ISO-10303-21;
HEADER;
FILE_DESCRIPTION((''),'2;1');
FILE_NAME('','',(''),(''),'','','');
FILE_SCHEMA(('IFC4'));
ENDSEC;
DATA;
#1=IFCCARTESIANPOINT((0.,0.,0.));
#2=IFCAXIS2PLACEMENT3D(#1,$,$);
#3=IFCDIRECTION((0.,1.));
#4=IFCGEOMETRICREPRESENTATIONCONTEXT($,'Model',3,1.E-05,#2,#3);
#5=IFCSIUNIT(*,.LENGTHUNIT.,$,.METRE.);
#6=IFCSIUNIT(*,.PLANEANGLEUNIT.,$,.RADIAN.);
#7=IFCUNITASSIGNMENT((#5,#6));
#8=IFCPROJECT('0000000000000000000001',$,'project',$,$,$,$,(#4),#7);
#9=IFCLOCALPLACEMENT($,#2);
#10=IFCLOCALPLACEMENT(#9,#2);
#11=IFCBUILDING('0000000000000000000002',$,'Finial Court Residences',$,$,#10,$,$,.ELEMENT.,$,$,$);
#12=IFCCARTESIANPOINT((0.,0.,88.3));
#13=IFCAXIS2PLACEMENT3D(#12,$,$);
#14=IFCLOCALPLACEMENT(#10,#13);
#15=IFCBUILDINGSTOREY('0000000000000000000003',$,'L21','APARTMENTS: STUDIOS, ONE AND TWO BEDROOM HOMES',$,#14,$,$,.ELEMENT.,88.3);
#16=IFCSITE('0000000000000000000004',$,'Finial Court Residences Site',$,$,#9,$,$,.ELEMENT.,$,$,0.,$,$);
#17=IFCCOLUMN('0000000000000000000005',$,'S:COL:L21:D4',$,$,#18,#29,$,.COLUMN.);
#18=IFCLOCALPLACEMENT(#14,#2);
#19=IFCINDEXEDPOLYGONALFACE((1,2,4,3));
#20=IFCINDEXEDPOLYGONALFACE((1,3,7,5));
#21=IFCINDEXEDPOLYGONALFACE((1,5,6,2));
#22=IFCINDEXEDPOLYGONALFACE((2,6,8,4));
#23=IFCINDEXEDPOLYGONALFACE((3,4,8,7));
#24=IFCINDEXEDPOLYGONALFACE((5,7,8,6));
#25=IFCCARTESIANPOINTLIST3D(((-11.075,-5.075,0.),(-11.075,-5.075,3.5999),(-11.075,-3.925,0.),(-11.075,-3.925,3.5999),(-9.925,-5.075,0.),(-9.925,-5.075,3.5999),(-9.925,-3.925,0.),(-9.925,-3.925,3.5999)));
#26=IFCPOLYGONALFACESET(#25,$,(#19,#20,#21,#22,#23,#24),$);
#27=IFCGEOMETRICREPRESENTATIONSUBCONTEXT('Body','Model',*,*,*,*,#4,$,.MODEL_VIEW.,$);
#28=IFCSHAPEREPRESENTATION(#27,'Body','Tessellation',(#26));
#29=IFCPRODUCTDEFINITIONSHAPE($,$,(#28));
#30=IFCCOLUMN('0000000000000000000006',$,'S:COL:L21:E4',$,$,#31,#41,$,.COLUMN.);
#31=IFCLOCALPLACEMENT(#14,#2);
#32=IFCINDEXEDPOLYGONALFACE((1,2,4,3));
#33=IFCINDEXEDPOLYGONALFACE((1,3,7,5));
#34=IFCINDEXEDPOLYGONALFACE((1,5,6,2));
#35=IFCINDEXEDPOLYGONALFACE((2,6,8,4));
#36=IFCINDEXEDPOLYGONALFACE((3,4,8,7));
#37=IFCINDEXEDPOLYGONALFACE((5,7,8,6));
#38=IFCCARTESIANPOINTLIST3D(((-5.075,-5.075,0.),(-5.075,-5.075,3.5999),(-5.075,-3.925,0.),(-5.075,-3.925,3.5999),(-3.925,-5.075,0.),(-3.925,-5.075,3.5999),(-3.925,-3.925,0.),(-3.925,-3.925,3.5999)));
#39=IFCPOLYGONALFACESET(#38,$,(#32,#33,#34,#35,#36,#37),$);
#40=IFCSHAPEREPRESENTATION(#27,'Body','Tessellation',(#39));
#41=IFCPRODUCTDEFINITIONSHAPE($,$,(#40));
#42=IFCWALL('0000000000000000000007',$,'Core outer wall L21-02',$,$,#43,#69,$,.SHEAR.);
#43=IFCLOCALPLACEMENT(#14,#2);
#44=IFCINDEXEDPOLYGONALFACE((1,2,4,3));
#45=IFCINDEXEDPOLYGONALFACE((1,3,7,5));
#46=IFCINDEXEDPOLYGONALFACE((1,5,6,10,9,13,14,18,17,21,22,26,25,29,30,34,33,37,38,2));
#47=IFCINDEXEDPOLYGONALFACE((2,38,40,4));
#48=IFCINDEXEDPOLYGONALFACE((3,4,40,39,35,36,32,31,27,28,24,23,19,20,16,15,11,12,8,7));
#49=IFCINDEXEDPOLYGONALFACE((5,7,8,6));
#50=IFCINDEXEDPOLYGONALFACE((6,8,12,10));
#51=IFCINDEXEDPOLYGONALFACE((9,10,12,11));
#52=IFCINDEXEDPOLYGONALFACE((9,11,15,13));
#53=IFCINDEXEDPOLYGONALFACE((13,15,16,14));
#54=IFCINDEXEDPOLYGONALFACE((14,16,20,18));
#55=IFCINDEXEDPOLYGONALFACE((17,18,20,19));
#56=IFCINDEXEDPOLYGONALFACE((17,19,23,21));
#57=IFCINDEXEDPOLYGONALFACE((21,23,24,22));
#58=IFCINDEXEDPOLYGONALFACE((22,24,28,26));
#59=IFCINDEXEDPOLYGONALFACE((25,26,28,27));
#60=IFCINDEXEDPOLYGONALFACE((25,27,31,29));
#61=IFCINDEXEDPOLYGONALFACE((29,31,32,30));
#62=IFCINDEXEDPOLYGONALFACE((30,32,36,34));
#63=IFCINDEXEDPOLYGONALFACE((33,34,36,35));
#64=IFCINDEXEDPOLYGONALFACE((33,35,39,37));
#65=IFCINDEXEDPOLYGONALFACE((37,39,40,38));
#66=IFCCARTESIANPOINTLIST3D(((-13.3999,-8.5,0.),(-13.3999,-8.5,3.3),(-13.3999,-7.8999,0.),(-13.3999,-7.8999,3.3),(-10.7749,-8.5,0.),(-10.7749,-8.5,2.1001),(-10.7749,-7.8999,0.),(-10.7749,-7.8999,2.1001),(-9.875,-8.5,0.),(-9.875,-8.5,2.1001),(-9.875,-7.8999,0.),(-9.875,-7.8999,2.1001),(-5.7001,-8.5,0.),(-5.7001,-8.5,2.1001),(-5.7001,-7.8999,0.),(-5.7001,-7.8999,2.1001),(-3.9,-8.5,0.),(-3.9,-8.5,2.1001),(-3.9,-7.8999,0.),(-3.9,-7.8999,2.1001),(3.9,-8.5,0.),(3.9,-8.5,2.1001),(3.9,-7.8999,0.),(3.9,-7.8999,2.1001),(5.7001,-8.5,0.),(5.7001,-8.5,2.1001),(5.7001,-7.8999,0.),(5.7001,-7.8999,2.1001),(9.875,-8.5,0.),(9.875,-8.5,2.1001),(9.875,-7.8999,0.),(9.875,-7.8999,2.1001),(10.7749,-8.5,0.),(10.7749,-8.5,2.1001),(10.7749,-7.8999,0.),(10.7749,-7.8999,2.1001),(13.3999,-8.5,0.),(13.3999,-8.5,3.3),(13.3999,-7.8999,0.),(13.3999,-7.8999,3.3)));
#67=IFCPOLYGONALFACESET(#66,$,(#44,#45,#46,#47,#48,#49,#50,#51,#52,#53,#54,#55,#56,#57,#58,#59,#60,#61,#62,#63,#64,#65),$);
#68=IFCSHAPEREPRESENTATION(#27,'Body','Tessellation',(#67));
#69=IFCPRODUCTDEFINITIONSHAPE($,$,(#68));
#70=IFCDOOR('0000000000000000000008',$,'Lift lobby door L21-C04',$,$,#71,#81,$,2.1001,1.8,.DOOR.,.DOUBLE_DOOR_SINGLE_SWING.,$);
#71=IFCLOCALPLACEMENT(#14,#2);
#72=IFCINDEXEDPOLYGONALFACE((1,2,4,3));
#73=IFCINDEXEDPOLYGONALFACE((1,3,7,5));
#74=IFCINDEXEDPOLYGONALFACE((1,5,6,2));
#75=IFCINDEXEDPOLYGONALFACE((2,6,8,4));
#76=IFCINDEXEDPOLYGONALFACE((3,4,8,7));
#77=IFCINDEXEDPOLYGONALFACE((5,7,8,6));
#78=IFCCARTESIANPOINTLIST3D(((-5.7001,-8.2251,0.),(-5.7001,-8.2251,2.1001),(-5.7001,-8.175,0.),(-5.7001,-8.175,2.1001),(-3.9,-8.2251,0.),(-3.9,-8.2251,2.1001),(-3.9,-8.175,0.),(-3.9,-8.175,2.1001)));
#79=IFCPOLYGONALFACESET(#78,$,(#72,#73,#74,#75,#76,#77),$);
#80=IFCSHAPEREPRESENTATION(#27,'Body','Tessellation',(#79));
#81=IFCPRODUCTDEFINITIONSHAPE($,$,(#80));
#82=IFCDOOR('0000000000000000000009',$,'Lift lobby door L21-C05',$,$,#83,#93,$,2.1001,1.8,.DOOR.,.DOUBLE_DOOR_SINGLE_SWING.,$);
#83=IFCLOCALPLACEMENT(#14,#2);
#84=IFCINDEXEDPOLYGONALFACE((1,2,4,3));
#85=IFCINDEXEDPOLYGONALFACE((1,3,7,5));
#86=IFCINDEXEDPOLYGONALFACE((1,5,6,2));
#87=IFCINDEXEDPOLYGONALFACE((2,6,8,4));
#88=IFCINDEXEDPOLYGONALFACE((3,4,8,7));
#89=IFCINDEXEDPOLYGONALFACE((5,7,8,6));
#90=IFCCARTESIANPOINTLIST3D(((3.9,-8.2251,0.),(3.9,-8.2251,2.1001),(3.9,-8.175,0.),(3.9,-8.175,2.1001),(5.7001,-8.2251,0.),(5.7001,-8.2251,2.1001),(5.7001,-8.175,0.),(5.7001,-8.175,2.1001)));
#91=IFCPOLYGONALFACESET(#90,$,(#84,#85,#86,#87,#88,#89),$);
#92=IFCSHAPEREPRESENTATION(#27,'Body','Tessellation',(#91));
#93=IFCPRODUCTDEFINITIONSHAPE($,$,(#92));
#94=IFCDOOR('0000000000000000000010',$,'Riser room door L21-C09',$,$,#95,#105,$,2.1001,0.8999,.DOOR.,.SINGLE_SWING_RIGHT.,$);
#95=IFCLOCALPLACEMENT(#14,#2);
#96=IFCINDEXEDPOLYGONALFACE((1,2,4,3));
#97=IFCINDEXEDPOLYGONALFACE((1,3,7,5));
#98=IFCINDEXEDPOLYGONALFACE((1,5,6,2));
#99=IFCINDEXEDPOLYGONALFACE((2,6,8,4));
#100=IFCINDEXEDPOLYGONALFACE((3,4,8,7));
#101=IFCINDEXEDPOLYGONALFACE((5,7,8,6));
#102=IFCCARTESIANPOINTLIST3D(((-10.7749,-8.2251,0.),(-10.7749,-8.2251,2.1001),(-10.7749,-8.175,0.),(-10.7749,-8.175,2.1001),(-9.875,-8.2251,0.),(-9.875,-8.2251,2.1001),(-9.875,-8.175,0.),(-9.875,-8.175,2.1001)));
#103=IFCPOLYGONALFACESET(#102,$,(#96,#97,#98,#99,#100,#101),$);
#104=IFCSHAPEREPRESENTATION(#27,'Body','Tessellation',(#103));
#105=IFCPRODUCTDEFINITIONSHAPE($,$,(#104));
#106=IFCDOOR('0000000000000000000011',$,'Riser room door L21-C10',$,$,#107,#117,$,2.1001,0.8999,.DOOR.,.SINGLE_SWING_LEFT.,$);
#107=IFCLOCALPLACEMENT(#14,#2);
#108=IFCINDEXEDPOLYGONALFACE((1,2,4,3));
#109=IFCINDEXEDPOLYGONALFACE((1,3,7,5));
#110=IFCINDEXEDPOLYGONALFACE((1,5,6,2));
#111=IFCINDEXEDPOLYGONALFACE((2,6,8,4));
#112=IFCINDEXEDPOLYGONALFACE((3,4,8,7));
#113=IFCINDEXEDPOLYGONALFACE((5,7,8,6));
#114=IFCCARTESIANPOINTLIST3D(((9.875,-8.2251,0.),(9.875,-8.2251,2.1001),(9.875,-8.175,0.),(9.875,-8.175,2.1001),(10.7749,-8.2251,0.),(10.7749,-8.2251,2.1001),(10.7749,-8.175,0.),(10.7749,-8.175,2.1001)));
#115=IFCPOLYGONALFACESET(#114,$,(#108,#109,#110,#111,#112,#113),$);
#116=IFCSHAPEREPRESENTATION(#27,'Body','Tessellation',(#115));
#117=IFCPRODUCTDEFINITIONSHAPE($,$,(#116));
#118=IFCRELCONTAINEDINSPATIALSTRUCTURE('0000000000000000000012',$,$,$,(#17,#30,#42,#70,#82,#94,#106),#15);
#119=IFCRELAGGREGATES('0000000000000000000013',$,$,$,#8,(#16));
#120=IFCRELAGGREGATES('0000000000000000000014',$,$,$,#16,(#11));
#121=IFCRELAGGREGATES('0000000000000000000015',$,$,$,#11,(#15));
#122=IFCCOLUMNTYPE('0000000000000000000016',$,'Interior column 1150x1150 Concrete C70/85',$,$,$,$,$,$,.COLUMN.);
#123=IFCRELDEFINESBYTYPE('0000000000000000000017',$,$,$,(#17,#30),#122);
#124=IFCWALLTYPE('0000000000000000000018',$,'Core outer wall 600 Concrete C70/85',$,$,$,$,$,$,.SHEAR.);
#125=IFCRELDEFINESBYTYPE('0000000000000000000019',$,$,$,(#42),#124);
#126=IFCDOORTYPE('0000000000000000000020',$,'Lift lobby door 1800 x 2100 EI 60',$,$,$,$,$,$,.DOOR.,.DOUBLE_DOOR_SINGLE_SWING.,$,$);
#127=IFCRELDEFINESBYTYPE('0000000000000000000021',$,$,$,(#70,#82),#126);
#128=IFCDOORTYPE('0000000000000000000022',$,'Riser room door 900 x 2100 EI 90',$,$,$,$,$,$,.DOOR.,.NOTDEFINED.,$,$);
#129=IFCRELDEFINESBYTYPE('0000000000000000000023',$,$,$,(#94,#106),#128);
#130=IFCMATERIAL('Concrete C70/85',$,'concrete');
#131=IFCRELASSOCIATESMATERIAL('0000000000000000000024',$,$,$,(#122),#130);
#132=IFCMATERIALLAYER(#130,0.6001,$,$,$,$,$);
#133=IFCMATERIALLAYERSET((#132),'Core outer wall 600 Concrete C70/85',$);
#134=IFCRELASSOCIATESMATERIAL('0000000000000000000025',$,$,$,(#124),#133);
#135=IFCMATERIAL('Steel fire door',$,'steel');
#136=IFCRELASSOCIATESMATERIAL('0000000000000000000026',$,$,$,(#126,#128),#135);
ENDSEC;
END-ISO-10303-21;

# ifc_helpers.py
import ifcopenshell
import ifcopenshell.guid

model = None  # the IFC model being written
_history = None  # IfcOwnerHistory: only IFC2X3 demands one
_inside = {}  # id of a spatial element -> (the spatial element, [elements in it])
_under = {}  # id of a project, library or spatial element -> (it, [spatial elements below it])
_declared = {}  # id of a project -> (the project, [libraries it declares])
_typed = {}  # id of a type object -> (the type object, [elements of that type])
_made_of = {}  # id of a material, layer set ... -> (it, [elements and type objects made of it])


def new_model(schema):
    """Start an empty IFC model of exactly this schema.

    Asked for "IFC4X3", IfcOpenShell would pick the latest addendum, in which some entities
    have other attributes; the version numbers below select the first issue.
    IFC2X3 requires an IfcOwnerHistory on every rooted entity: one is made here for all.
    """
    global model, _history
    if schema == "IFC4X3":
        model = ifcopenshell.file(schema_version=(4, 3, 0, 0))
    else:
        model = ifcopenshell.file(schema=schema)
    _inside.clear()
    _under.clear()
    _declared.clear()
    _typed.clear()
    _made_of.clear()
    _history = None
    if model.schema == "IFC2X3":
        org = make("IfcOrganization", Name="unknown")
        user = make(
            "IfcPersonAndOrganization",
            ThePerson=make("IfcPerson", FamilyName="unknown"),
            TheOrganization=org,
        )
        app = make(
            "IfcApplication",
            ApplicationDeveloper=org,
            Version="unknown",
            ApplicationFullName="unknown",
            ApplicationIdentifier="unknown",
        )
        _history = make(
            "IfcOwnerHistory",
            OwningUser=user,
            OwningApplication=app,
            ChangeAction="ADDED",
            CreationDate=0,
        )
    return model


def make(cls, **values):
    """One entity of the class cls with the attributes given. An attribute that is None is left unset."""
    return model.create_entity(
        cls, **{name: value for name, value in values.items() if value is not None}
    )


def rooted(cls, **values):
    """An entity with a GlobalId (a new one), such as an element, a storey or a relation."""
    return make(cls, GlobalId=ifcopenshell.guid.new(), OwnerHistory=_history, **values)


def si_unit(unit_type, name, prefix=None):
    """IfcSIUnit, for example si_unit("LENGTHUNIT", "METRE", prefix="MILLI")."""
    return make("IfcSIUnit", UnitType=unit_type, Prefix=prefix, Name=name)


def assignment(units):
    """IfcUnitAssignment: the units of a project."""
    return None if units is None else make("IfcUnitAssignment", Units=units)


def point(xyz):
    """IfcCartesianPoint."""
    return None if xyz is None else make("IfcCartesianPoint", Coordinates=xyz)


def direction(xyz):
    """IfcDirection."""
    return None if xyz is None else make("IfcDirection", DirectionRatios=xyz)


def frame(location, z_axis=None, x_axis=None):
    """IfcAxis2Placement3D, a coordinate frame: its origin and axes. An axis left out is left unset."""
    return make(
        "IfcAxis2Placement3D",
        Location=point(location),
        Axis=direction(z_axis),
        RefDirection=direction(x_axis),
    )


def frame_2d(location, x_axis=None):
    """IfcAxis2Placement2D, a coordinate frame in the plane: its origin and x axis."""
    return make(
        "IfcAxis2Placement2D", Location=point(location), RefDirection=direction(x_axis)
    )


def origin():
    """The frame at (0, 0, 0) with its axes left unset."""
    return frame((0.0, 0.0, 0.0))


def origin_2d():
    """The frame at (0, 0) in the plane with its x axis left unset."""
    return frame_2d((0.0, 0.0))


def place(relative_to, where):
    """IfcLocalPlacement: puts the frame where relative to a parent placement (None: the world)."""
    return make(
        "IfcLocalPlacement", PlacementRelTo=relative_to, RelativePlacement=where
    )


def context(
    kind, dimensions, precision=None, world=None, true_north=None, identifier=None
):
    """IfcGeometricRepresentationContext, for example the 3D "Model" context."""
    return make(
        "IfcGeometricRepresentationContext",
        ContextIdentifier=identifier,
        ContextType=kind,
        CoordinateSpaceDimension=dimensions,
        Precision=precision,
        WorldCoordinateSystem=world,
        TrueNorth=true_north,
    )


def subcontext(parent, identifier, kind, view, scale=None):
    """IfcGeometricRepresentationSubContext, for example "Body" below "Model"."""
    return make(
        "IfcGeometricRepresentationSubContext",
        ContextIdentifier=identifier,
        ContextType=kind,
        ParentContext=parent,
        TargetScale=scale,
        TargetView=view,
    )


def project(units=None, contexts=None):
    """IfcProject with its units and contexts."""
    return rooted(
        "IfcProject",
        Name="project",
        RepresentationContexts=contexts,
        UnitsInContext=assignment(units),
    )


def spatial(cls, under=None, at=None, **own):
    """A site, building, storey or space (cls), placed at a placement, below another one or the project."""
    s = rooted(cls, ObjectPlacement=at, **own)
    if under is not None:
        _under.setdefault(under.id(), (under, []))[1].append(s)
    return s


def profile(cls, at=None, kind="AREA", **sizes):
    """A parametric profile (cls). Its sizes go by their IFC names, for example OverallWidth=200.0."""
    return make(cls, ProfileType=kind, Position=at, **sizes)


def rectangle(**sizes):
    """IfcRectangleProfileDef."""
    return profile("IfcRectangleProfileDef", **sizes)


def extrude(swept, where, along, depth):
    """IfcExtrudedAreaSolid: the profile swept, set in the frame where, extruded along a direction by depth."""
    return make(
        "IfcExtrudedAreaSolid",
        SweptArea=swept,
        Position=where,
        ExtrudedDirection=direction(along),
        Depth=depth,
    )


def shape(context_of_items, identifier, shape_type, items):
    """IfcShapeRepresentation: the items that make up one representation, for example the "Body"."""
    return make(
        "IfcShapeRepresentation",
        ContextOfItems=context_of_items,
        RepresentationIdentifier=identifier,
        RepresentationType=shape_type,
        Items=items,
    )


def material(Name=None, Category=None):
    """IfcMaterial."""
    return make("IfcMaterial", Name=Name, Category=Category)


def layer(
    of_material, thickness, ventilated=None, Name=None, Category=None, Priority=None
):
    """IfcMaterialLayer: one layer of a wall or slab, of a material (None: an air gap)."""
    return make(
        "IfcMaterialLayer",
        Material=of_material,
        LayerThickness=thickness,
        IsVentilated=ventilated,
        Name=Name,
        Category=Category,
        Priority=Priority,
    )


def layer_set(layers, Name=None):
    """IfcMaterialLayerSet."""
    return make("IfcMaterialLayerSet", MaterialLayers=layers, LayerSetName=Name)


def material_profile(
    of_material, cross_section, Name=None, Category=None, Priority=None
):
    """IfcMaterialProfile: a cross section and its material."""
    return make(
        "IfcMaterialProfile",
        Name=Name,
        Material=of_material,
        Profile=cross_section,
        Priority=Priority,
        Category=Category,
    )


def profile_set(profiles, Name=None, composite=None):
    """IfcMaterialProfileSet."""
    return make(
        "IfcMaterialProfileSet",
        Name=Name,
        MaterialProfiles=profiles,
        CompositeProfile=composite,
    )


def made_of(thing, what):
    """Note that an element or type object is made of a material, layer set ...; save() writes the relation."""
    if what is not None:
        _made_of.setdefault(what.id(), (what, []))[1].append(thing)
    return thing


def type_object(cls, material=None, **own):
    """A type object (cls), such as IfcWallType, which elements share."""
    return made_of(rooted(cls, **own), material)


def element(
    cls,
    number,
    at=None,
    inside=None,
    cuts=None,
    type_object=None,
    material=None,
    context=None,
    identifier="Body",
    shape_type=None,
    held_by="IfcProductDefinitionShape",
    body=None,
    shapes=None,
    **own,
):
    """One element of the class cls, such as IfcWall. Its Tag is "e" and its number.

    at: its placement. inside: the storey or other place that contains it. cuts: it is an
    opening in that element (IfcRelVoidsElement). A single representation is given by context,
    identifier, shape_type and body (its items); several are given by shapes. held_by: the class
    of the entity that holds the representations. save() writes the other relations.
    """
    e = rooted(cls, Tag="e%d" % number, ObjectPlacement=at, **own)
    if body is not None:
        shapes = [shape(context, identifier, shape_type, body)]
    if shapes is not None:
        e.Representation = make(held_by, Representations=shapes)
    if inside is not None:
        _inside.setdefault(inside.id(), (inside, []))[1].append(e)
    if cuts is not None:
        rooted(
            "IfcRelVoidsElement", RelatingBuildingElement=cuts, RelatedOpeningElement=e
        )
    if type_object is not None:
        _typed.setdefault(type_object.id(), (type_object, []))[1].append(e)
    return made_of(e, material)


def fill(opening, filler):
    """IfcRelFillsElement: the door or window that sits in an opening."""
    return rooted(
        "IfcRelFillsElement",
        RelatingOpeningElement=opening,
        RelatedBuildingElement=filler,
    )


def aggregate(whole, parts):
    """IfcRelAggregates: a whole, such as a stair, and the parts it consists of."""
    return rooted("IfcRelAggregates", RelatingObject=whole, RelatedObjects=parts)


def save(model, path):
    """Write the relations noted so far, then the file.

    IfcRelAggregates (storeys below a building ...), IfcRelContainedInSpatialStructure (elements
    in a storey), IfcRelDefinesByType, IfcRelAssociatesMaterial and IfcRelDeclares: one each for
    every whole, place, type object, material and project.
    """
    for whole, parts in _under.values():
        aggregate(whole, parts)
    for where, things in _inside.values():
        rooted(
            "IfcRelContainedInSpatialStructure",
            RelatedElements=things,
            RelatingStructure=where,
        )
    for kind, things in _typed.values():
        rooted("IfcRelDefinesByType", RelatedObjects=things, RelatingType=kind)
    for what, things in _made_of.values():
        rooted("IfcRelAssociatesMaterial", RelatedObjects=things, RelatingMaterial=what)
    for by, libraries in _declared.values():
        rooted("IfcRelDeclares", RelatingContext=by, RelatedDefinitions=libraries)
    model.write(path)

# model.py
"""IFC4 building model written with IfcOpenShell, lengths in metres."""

from ifc_helpers import new_model, si_unit, direction, frame, frame_2d, origin, origin_2d, place, context, subcontext, project, spatial, rectangle, extrude, material, layer, layer_set, material_profile, profile_set, type_object, element, fill, save


model = new_model("IFC4")

# Units and contexts
model_context = context("Model", 3, precision=1e-05, world=origin(), true_north=direction((0.0, 1.0)))
body_context = subcontext(model_context, "Body", "Model", "MODEL_VIEW")
ifc_project = project(units=[si_unit("LENGTHUNIT", "METRE"), si_unit("PLANEANGLEUNIT", "RADIAN")], contexts=[model_context])

# Site, building, storey
site_placement = place(None, origin())
site = spatial("IfcSite", under=ifc_project, at=site_placement, Name="Finial Court Residences Site", CompositionType="ELEMENT", RefElevation=0.0)
building_placement = place(site_placement, origin())
building = spatial("IfcBuilding", under=site, at=building_placement, Name="Finial Court Residences", CompositionType="ELEMENT")
storey_placement = place(building_placement, frame((0.0, 0.0, 88.3)))
storey = spatial("IfcBuildingStorey", under=building, at=storey_placement, Name="L21", Description="APARTMENTS: STUDIOS, ONE AND TWO BEDROOM HOMES", CompositionType="ELEMENT", Elevation=88.3)

# Columns
ifc_material_1 = material(Name="Concrete C70/85", Category="concrete")
ifc_material_profile = material_profile(ifc_material_1, rectangle(XDim=1.1499, YDim=1.1499, at=origin_2d()), Name="1150x1150")
ifc_profile_set = profile_set([ifc_material_profile], Name="Concrete C70/85")
column_type = type_object("IfcColumnType", Name="Interior column 1150x1150 Concrete C70/85", PredefinedType="COLUMN", material=ifc_profile_set)
for number, where, z_axis, x_axis, name in (
    (1, (-10.5, -4.5, 0.0), (0.0, 0.0, 1.0), (1.0, 0.0, 0.0), "S:COL:L21:D4"),
    (2, (-4.5, -4.5, 0.0), (0.0, 0.0, 1.0), (1.0, 0.0, 0.0), "S:COL:L21:E4"),
):
    element("IfcColumn", number, at=place(storey_placement, frame(where, z_axis=z_axis, x_axis=x_axis)), inside=storey, type_object=column_type, Name=name, PredefinedType="COLUMN", context=body_context, shape_type="SweptSolid", body=[
        extrude(rectangle(XDim=1.1499, YDim=1.1499, at=origin_2d()), origin(), (0.0, 0.0, 1.0), 3.5999),
    ])

# Wall, openings, doors
ifc_layer_1 = layer(ifc_material_1, 0.6001)
ifc_layer_set_1 = layer_set([ifc_layer_1], Name="Core outer wall 600 Concrete C70/85")
wall_type_1 = type_object("IfcWallType", Name="Core outer wall 600 Concrete C70/85", PredefinedType="SHEAR", material=ifc_layer_set_1)
wall_1_placement = place(storey_placement, frame((-13.3999, -8.2, 0.0), z_axis=(0.0, 0.0, 1.0), x_axis=(1.0, 0.0, 0.0)))
wall_1 = element("IfcWall", 3, at=wall_1_placement, inside=storey, type_object=wall_type_1, Name="Core outer wall L21-02", PredefinedType="SHEAR", context=body_context, shape_type="SweptSolid", body=[
    extrude(rectangle(XDim=26.7998, YDim=0.6001, at=frame_2d((13.3999, 0.0))), origin(), (0.0, 0.0, 1.0), 3.3),
])
opening_1_placement = place(wall_1_placement, frame((7.7, 0.0, 0.0)))
opening_1 = element("IfcOpeningElement", 4, at=opening_1_placement, cuts=wall_1, PredefinedType="OPENING", context=body_context, shape_type="SweptSolid", body=[
    extrude(rectangle(XDim=1.8, YDim=2.1001, at=frame_2d((0.8999, 1.05))), frame((0.0, 0.3101, 0.0), z_axis=(0.0, -1.0, 0.0), x_axis=(1.0, 0.0, 0.0)), (0.0, 0.0, 1.0), 0.6201),
])
opening_2_placement = place(wall_1_placement, frame((17.3, 0.0, 0.0)))
opening_2 = element("IfcOpeningElement", 5, at=opening_2_placement, cuts=wall_1, PredefinedType="OPENING", context=body_context, shape_type="SweptSolid", body=[
    extrude(rectangle(XDim=1.8, YDim=2.1001, at=frame_2d((0.8999, 1.05))), frame((0.0, 0.3101, 0.0), z_axis=(0.0, -1.0, 0.0), x_axis=(1.0, 0.0, 0.0)), (0.0, 0.0, 1.0), 0.6201),
])
opening_3_placement = place(wall_1_placement, frame((2.625, 0.0, 0.0)))
opening_3 = element("IfcOpeningElement", 6, at=opening_3_placement, cuts=wall_1, PredefinedType="OPENING", context=body_context, shape_type="SweptSolid", body=[
    extrude(rectangle(XDim=0.8999, YDim=2.1001, at=frame_2d((0.45, 1.05))), frame((0.0, 0.3101, 0.0), z_axis=(0.0, -1.0, 0.0), x_axis=(1.0, 0.0, 0.0)), (0.0, 0.0, 1.0), 0.6201),
])
opening_4_placement = place(wall_1_placement, frame((23.2749, 0.0, 0.0)))
opening_4 = element("IfcOpeningElement", 7, at=opening_4_placement, cuts=wall_1, PredefinedType="OPENING", context=body_context, shape_type="SweptSolid", body=[
    extrude(rectangle(XDim=0.8999, YDim=2.1001, at=frame_2d((0.45, 1.05))), frame((0.0, 0.3101, 0.0), z_axis=(0.0, -1.0, 0.0), x_axis=(1.0, 0.0, 0.0)), (0.0, 0.0, 1.0), 0.6201),
])
ifc_material_2 = material(Name="Steel fire door", Category="steel")
door_type_1 = type_object("IfcDoorType", Name="Lift lobby door 1800 x 2100 EI 60", OperationType="DOUBLE_DOOR_SINGLE_SWING", PredefinedType="DOOR", material=ifc_material_2)
door_1_placement = place(opening_1_placement, origin())
door_1 = element("IfcDoor", 8, at=door_1_placement, inside=storey, type_object=door_type_1, Name="Lift lobby door L21-C04", OperationType="DOUBLE_DOOR_SINGLE_SWING", OverallHeight=2.1001, OverallWidth=1.8, PredefinedType="DOOR", context=body_context, shape_type="SweptSolid", body=[
    extrude(rectangle(XDim=1.8, YDim=2.1001, at=frame_2d((0.8999, 1.05))), frame((0.0, 0.0249, 0.0), z_axis=(0.0, -1.0, 0.0), x_axis=(1.0, 0.0, 0.0)), (0.0, 0.0, 1.0), 0.05),
])
fill(opening_1, door_1)
door_2_placement = place(opening_2_placement, origin())
door_2 = element("IfcDoor", 9, at=door_2_placement, inside=storey, type_object=door_type_1, Name="Lift lobby door L21-C05", OperationType="DOUBLE_DOOR_SINGLE_SWING", OverallHeight=2.1001, OverallWidth=1.8, PredefinedType="DOOR", context=body_context, shape_type="SweptSolid", body=[
    extrude(rectangle(XDim=1.8, YDim=2.1001, at=frame_2d((0.8999, 1.05))), frame((0.0, 0.0249, 0.0), z_axis=(0.0, -1.0, 0.0), x_axis=(1.0, 0.0, 0.0)), (0.0, 0.0, 1.0), 0.05),
])
fill(opening_2, door_2)
door_type_2 = type_object("IfcDoorType", Name="Riser room door 900 x 2100 EI 90", OperationType="NOTDEFINED", PredefinedType="DOOR", material=ifc_material_2)
door_3_placement = place(opening_3_placement, origin())
door_3 = element("IfcDoor", 10, at=door_3_placement, inside=storey, type_object=door_type_2, Name="Riser room door L21-C09", OperationType="SINGLE_SWING_RIGHT", OverallHeight=2.1001, OverallWidth=0.8999, PredefinedType="DOOR", context=body_context, shape_type="SweptSolid", body=[
    extrude(rectangle(XDim=0.8999, YDim=2.1001, at=frame_2d((0.45, 1.05))), frame((0.0, 0.0249, 0.0), z_axis=(0.0, -1.0, 0.0), x_axis=(1.0, 0.0, 0.0)), (0.0, 0.0, 1.0), 0.05),
])
fill(opening_3, door_3)
door_4_placement = place(opening_4_placement, origin())
door_4 = element("IfcDoor", 11, at=door_4_placement, inside=storey, type_object=door_type_2, Name="Riser room door L21-C10", OperationType="SINGLE_SWING_LEFT", OverallHeight=2.1001, OverallWidth=0.8999, PredefinedType="DOOR", context=body_context, shape_type="SweptSolid", body=[
    extrude(rectangle(XDim=0.8999, YDim=2.1001, at=frame_2d((0.45, 1.05))), frame((0.0, 0.0249, 0.0), z_axis=(0.0, -1.0, 0.0), x_axis=(1.0, 0.0, 0.0)), (0.0, 0.0, 1.0), 0.05),
])
fill(opening_4, door_4)

save(model, "model.ifc")
